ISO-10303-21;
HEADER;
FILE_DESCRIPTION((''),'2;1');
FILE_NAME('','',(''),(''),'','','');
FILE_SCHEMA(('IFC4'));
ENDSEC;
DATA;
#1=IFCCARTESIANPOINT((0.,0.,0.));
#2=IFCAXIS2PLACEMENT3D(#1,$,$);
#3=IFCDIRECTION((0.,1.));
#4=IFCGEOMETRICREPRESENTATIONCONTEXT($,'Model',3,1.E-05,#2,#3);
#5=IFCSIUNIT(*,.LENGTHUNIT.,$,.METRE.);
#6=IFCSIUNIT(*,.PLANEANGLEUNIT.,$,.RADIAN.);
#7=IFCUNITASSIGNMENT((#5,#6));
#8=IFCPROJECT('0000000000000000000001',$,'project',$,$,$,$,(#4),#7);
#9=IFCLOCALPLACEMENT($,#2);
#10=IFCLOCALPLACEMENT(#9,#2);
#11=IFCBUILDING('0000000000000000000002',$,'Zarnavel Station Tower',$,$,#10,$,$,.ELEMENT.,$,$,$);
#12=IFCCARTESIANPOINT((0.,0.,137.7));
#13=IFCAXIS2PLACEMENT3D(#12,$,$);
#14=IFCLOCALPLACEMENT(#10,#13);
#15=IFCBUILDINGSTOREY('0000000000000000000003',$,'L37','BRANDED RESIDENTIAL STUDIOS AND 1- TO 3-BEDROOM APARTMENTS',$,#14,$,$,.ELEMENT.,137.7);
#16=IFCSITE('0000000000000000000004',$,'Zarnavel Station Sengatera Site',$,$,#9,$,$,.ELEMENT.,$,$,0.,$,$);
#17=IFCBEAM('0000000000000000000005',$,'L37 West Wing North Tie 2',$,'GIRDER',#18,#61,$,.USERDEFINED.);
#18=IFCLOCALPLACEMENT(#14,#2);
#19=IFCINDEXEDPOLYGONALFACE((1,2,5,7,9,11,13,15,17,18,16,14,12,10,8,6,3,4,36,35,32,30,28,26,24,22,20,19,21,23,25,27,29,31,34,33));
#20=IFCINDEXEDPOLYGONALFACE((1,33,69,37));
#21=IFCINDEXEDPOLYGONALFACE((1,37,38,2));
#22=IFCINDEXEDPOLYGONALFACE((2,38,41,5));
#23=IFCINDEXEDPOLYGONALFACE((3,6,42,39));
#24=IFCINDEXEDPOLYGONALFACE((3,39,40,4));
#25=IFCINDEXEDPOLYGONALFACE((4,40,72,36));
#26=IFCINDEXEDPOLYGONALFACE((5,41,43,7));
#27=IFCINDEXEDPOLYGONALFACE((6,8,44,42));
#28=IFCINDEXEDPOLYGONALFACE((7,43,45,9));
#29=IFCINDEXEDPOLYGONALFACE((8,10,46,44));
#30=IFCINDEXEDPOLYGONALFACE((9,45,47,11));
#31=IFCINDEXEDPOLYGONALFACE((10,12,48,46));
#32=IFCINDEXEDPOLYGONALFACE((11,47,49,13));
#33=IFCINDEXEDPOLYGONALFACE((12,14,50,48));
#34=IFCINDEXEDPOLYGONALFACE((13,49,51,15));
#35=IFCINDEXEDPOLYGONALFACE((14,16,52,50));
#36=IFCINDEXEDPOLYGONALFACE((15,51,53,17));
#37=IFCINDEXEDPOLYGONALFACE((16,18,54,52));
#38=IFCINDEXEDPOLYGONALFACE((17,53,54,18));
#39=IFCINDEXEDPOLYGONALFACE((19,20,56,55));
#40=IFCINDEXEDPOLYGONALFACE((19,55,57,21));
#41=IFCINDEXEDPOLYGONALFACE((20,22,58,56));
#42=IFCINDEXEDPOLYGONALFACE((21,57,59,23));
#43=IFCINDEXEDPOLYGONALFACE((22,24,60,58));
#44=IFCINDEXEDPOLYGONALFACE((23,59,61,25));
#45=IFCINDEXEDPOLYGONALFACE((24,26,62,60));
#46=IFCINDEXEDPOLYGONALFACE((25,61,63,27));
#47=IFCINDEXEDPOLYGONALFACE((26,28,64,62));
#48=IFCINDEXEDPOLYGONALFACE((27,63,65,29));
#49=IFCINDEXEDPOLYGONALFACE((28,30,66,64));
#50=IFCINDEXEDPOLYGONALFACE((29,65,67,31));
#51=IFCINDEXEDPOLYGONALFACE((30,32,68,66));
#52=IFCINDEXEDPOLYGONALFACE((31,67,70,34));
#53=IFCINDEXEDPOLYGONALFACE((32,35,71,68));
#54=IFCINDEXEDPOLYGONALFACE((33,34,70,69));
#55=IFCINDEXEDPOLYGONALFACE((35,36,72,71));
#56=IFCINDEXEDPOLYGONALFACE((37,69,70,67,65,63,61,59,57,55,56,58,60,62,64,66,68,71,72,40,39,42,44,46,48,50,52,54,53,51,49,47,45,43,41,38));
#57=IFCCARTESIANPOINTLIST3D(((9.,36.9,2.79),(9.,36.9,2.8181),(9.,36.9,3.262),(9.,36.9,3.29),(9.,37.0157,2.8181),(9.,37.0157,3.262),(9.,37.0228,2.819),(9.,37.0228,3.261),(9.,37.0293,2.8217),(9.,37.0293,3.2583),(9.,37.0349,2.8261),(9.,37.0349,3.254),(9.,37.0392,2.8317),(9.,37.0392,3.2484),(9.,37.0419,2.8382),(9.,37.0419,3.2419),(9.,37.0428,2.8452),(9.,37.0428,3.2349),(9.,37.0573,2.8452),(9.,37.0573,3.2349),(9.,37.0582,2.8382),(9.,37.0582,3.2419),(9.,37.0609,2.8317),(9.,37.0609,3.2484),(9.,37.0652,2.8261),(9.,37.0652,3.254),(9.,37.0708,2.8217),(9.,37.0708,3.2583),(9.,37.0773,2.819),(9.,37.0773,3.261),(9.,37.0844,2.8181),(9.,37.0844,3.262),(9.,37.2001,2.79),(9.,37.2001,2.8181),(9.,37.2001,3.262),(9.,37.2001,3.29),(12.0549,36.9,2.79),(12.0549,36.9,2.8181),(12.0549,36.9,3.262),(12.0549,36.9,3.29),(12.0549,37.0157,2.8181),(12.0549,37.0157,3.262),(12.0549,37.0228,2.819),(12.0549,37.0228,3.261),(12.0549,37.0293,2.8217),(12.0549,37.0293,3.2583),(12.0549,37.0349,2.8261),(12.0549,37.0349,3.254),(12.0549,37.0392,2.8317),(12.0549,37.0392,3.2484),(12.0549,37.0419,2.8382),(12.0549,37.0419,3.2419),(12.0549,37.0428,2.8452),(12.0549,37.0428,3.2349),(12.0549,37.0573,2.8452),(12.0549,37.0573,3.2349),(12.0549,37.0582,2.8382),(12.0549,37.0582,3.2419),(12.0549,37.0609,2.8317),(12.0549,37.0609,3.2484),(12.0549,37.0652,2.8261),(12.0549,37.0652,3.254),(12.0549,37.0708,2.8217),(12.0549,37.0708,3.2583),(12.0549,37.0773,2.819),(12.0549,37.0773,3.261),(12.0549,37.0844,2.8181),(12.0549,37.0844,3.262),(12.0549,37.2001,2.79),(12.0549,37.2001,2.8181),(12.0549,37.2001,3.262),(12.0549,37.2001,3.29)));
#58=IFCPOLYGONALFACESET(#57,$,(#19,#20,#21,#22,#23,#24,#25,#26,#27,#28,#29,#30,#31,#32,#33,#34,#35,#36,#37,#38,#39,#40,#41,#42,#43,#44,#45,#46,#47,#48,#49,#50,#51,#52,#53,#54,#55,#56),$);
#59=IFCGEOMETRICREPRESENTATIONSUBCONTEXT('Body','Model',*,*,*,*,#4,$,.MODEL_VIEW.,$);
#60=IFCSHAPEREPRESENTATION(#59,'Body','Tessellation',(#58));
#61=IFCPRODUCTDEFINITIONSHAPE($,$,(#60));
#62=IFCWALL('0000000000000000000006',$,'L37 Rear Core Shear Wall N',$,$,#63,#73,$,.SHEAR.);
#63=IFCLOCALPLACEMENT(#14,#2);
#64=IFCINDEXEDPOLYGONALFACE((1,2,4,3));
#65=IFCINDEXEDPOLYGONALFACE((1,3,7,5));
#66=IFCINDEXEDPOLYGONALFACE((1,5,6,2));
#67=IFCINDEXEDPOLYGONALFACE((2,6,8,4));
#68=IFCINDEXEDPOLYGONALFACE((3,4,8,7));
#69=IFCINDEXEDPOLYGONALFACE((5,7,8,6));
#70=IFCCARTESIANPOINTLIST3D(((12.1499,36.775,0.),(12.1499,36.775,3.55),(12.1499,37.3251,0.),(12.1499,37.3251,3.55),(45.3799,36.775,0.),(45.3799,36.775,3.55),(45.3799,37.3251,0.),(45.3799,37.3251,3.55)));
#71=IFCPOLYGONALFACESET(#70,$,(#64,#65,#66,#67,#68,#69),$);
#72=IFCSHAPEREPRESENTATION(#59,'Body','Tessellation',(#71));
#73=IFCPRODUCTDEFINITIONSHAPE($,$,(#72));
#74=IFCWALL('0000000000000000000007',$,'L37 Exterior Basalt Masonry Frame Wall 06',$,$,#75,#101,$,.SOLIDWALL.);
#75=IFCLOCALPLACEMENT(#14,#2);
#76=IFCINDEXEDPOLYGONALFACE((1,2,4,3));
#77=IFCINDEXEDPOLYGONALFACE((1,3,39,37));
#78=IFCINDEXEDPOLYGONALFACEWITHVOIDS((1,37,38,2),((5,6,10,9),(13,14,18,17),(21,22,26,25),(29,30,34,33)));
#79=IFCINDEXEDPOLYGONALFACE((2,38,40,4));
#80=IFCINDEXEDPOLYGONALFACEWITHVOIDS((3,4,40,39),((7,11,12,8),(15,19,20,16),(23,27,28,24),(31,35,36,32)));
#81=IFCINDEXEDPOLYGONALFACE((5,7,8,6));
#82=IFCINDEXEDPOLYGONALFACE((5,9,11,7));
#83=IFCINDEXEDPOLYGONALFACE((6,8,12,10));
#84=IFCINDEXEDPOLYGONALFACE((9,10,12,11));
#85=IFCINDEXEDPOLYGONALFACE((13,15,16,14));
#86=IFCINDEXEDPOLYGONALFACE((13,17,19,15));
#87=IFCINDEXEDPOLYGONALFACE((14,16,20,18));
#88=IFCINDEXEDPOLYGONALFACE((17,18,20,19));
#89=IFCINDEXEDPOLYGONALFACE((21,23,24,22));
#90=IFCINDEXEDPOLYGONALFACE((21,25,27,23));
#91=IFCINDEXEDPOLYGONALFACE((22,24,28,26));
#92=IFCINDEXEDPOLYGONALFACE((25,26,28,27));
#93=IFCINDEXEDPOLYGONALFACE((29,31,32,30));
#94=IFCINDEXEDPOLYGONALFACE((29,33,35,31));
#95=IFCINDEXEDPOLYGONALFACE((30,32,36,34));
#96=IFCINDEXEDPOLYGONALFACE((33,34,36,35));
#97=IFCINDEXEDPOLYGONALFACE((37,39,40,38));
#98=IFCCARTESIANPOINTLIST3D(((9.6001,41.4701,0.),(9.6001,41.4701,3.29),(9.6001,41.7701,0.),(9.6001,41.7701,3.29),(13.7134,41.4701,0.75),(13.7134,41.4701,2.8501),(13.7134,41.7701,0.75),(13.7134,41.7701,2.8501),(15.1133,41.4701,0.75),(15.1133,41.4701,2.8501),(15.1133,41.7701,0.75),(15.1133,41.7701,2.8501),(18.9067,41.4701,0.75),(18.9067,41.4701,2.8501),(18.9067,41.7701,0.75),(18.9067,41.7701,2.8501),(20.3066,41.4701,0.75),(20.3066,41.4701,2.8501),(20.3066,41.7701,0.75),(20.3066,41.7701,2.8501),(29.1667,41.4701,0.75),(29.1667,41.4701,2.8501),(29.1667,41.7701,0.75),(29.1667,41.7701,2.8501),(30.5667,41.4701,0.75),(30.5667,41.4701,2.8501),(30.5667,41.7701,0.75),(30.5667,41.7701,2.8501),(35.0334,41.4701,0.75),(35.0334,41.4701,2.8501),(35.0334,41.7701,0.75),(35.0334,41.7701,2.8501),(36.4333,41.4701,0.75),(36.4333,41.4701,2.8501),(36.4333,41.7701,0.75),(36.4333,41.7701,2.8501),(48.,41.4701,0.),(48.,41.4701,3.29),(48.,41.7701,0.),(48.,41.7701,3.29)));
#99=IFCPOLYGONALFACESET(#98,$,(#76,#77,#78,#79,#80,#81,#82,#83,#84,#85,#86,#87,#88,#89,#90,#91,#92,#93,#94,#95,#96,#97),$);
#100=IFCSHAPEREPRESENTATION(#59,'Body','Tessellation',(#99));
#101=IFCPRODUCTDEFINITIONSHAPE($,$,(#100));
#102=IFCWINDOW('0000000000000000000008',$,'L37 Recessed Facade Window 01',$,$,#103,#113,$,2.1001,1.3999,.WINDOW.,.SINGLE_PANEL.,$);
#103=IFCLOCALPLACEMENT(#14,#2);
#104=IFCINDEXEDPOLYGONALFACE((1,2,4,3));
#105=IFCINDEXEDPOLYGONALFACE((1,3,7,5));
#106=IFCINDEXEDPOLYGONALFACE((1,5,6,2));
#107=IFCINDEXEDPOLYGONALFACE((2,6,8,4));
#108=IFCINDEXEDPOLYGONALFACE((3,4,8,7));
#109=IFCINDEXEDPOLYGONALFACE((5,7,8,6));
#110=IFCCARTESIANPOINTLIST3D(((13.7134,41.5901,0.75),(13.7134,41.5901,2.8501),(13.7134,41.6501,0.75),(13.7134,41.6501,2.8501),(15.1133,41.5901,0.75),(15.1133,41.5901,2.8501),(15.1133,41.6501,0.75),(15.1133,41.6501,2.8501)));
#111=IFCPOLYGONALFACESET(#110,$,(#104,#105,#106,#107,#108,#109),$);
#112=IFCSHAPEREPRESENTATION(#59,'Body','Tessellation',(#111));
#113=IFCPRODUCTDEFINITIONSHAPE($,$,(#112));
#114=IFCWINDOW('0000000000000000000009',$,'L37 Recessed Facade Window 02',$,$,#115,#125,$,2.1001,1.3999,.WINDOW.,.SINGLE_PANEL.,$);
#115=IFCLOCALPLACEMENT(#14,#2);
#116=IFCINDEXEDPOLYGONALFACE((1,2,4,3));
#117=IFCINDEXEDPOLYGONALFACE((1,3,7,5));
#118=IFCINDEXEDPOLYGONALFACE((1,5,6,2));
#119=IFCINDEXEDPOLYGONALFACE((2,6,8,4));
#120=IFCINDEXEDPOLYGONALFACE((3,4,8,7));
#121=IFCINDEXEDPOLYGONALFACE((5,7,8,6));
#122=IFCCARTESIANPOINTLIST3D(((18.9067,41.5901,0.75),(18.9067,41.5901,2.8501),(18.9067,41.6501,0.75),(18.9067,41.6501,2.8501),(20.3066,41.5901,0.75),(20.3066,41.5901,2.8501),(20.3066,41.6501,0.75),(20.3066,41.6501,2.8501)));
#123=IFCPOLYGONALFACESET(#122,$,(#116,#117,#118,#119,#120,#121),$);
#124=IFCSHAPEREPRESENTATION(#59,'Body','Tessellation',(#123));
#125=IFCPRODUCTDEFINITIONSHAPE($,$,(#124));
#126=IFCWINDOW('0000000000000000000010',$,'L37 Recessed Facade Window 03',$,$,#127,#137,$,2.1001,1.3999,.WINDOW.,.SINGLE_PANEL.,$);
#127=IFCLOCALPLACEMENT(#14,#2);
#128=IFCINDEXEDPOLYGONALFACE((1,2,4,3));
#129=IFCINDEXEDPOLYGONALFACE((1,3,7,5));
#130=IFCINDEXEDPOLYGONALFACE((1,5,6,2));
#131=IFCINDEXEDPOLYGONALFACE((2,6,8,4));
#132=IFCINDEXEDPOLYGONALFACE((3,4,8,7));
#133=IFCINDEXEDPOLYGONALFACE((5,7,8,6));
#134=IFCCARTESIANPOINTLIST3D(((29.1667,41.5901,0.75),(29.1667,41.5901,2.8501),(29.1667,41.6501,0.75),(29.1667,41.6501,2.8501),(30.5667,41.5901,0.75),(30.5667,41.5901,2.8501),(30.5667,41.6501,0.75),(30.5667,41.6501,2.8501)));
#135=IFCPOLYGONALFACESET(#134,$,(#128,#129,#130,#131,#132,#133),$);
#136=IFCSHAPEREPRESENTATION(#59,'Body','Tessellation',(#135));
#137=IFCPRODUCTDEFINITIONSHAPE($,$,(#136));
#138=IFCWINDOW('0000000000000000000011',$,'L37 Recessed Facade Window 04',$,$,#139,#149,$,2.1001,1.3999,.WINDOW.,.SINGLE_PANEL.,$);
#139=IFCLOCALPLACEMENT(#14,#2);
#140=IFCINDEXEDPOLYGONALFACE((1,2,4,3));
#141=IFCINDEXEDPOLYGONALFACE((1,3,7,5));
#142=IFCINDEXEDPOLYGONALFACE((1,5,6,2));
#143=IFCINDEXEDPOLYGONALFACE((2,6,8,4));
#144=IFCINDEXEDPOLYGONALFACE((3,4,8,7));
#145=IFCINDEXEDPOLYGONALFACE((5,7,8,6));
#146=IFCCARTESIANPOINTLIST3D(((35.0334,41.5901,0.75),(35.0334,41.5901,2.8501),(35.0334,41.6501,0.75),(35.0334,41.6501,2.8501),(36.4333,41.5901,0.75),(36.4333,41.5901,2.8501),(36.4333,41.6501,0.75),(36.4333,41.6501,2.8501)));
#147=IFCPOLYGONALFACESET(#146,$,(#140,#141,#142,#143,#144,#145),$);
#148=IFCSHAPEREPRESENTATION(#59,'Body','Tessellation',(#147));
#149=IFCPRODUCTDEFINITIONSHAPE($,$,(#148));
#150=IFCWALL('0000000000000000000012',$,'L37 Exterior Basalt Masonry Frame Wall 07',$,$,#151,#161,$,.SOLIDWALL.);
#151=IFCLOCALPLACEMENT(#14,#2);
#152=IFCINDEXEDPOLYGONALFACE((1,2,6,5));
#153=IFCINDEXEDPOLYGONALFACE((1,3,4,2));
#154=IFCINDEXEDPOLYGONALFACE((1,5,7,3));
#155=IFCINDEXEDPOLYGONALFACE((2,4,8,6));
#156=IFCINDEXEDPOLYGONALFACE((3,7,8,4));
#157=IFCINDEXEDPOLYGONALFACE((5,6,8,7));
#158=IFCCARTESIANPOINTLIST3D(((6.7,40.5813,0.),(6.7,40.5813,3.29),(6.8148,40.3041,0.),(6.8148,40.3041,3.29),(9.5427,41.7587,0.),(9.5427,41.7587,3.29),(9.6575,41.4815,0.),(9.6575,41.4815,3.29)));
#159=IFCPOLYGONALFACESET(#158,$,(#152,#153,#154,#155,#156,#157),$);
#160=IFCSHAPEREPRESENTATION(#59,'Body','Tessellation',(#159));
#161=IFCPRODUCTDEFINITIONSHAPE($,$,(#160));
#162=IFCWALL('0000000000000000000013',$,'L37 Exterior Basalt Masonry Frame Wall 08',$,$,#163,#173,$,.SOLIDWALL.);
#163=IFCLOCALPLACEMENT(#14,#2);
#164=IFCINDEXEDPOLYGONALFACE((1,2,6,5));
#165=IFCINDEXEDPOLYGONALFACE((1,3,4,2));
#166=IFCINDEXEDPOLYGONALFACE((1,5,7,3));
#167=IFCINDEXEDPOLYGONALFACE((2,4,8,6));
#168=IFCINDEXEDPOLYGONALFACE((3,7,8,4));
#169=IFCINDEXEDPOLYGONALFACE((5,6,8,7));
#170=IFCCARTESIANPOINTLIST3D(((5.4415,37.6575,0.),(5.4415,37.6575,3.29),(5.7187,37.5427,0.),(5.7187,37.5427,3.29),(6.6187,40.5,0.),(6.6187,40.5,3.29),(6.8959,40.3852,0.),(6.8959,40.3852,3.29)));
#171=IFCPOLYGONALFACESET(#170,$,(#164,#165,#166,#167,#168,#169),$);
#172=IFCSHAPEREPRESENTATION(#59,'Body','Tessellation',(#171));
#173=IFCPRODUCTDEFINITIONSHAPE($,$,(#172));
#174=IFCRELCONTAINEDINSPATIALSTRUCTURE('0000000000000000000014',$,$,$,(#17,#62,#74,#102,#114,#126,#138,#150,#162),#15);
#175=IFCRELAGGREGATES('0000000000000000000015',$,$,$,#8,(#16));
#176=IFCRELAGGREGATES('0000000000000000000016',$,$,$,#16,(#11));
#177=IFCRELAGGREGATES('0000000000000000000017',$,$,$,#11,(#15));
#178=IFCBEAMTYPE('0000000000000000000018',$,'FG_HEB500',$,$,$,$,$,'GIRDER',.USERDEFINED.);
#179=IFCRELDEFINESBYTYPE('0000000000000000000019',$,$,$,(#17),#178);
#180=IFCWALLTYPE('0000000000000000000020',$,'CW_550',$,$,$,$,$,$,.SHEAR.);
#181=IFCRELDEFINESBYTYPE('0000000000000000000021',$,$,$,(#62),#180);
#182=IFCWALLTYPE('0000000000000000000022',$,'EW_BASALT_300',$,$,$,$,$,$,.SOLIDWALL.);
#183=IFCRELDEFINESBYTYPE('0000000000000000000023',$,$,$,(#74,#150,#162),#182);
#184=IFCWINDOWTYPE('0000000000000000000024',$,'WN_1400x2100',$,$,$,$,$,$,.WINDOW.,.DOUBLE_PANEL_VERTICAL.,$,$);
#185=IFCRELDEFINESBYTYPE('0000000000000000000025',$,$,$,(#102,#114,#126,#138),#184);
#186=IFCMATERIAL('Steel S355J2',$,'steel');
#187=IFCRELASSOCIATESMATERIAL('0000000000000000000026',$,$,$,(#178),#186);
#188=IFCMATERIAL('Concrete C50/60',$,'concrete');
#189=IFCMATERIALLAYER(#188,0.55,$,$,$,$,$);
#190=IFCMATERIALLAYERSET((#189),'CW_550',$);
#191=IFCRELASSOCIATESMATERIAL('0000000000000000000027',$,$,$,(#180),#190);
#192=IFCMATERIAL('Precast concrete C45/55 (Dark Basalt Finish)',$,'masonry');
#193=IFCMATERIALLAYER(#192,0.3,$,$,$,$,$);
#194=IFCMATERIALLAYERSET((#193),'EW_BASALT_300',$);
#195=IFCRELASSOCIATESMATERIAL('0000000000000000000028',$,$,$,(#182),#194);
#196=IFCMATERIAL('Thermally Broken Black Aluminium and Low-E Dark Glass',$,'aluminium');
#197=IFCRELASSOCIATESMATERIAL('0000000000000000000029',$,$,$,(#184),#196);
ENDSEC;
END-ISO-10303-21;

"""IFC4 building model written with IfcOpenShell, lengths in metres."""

from ifc_helpers import new_model, si_unit, direction, frame, frame_2d, origin, origin_2d, place, context, subcontext, project, spatial, rectangle, i_section, extrude, material, layer, layer_set, material_profile, profile_set, type_object, element, fill, save


model = new_model("IFC4")

# Units and contexts
model_context = context("Model", 3, precision=1e-05, world=origin(), true_north=direction((0.0, 1.0)))
body_context = subcontext(model_context, "Body", "Model", "MODEL_VIEW")
ifc_project = project(units=[si_unit("LENGTHUNIT", "METRE"), si_unit("PLANEANGLEUNIT", "RADIAN")], contexts=[model_context])

# Site, building, storey
site_placement = place(None, origin())
site = spatial("IfcSite", under=ifc_project, at=site_placement, Name="Zarnavel Station Sengatera Site", CompositionType="ELEMENT", RefElevation=0.0)
building_placement = place(site_placement, origin())
building = spatial("IfcBuilding", under=site, at=building_placement, Name="Zarnavel Station Tower", CompositionType="ELEMENT")
storey_placement = place(building_placement, frame((0.0, 0.0, 137.7)))
storey = spatial("IfcBuildingStorey", under=building, at=storey_placement, Name="L37", Description="BRANDED RESIDENTIAL STUDIOS AND 1- TO 3-BEDROOM APARTMENTS", CompositionType="ELEMENT", Elevation=137.7)

# Beam
ifc_material_1 = material(Name="Steel S355J2", Category="steel")
ifc_material_profile_1 = material_profile(ifc_material_1, i_section(OverallWidth=0.3, OverallDepth=0.5, WebThickness=0.0144, FlangeThickness=0.0281, FilletRadius=0.0271, at=origin_2d()), Name="HEB500")
ifc_profile_set_1 = profile_set([ifc_material_profile_1], Name="Steel S355J2")
beam_type = type_object("IfcBeamType", Name="FG_HEB500", ElementType="GIRDER", PredefinedType="USERDEFINED", material=ifc_profile_set_1)
beam_1_placement = place(storey_placement, frame((9.0, 37.05, 3.04), z_axis=(1.0, 0.0, 0.0), x_axis=(0.0, 1.0, 0.0)))
element("IfcBeam", 1, at=beam_1_placement, inside=storey, type_object=beam_type, Name="L37 West Wing North Tie 2", ObjectType="GIRDER", PredefinedType="USERDEFINED", context=body_context, shape_type="SweptSolid", body=[
    extrude(i_section(OverallWidth=0.3, OverallDepth=0.5, WebThickness=0.0144, FlangeThickness=0.0281, FilletRadius=0.0271, at=origin_2d()), origin(), (0.0, 0.0, 1.0), 3.0549),
])

# Wall
ifc_material_2 = material(Name="Concrete C50/60", Category="concrete")
ifc_layer_1 = layer(ifc_material_2, 0.55)
ifc_layer_set_1 = layer_set([ifc_layer_1], Name="CW_550")
wall_type_1 = type_object("IfcWallType", Name="CW_550", PredefinedType="SHEAR", material=ifc_layer_set_1)
wall_1_placement = place(storey_placement, frame((12.1499, 37.05, 0.0), z_axis=(0.0, 0.0, 1.0), x_axis=(1.0, 0.0, 0.0)))
element("IfcWall", 2, at=wall_1_placement, inside=storey, type_object=wall_type_1, Name="L37 Rear Core Shear Wall N", PredefinedType="SHEAR", context=body_context, shape_type="SweptSolid", body=[
    extrude(rectangle(XDim=33.23, YDim=0.55, at=frame_2d((16.615, 0.0))), origin(), (0.0, 0.0, 1.0), 3.55),
])

# Wall, openings, windows
ifc_material_3 = material(Name="Precast concrete C45/55 (Dark Basalt Finish)", Category="masonry")
ifc_layer_2 = layer(ifc_material_3, 0.3)
ifc_layer_set_2 = layer_set([ifc_layer_2], Name="EW_BASALT_300")
wall_type_2 = type_object("IfcWallType", Name="EW_BASALT_300", PredefinedType="SOLIDWALL", material=ifc_layer_set_2)
wall_2_placement = place(storey_placement, frame((9.6001, 41.6201, 0.0), z_axis=(0.0, 0.0, 1.0), x_axis=(1.0, 0.0, 0.0)))
wall_2 = element("IfcWall", 3, at=wall_2_placement, inside=storey, type_object=wall_type_2, Name="L37 Exterior Basalt Masonry Frame Wall 06", PredefinedType="SOLIDWALL", context=body_context, shape_type="SweptSolid", body=[
    extrude(rectangle(XDim=38.3999, YDim=0.3, at=frame_2d((19.2, 0.0))), origin(), (0.0, 0.0, 1.0), 3.29),
])
opening_1_placement = place(wall_2_placement, frame((4.1133, 0.0, 0.75)))
opening_1 = element("IfcOpeningElement", 4, at=opening_1_placement, cuts=wall_2, PredefinedType="OPENING", context=body_context, shape_type="SweptSolid", body=[
    extrude(rectangle(XDim=1.3999, YDim=2.1001, at=frame_2d((0.7, 1.05))), frame((0.0, 0.1599, 0.0), z_axis=(0.0, -1.0, 0.0), x_axis=(1.0, 0.0, 0.0)), (0.0, 0.0, 1.0), 0.3201),
])
opening_2_placement = place(wall_2_placement, frame((9.3066, 0.0, 0.75)))
opening_2 = element("IfcOpeningElement", 5, at=opening_2_placement, cuts=wall_2, PredefinedType="OPENING", context=body_context, shape_type="SweptSolid", body=[
    extrude(rectangle(XDim=1.3999, YDim=2.1001, at=frame_2d((0.7, 1.05))), frame((0.0, 0.1599, 0.0), z_axis=(0.0, -1.0, 0.0), x_axis=(1.0, 0.0, 0.0)), (0.0, 0.0, 1.0), 0.3201),
])
opening_3_placement = place(wall_2_placement, frame((19.5667, 0.0, 0.75)))
opening_3 = element("IfcOpeningElement", 6, at=opening_3_placement, cuts=wall_2, PredefinedType="OPENING", context=body_context, shape_type="SweptSolid", body=[
    extrude(rectangle(XDim=1.3999, YDim=2.1001, at=frame_2d((0.7, 1.05))), frame((0.0, 0.1599, 0.0), z_axis=(0.0, -1.0, 0.0), x_axis=(1.0, 0.0, 0.0)), (0.0, 0.0, 1.0), 0.3201),
])
opening_4_placement = place(wall_2_placement, frame((25.4333, 0.0, 0.75)))
opening_4 = element("IfcOpeningElement", 7, at=opening_4_placement, cuts=wall_2, PredefinedType="OPENING", context=body_context, shape_type="SweptSolid", body=[
    extrude(rectangle(XDim=1.3999, YDim=2.1001, at=frame_2d((0.7, 1.05))), frame((0.0, 0.1599, 0.0), z_axis=(0.0, -1.0, 0.0), x_axis=(1.0, 0.0, 0.0)), (0.0, 0.0, 1.0), 0.3201),
])
ifc_material_4 = material(Name="Thermally Broken Black Aluminium and Low-E Dark Glass", Category="aluminium")
window_type = type_object("IfcWindowType", Name="WN_1400x2100", PartitioningType="DOUBLE_PANEL_VERTICAL", PredefinedType="WINDOW", material=ifc_material_4)
window_1_placement = place(opening_1_placement, origin())
window_1 = element("IfcWindow", 8, at=window_1_placement, inside=storey, type_object=window_type, Name="L37 Recessed Facade Window 01", OverallHeight=2.1001, OverallWidth=1.3999, PartitioningType="SINGLE_PANEL", PredefinedType="WINDOW", context=body_context, shape_type="SweptSolid", body=[
    extrude(rectangle(XDim=1.3999, YDim=2.1001, at=frame_2d((0.7, 1.05))), frame((0.0, 0.03, 0.0), z_axis=(0.0, -1.0, 0.0), x_axis=(1.0, 0.0, 0.0)), (0.0, 0.0, 1.0), 0.0601),
])
fill(opening_1, window_1)
window_2_placement = place(opening_2_placement, origin())
window_2 = element("IfcWindow", 9, at=window_2_placement, inside=storey, type_object=window_type, Name="L37 Recessed Facade Window 02", OverallHeight=2.1001, OverallWidth=1.3999, PartitioningType="SINGLE_PANEL", PredefinedType="WINDOW", context=body_context, shape_type="SweptSolid", body=[
    extrude(rectangle(XDim=1.3999, YDim=2.1001, at=frame_2d((0.7, 1.05))), frame((0.0, 0.03, 0.0), z_axis=(0.0, -1.0, 0.0), x_axis=(1.0, 0.0, 0.0)), (0.0, 0.0, 1.0), 0.0601),
])
fill(opening_2, window_2)
window_3_placement = place(opening_3_placement, origin())
window_3 = element("IfcWindow", 10, at=window_3_placement, inside=storey, type_object=window_type, Name="L37 Recessed Facade Window 03", OverallHeight=2.1001, OverallWidth=1.3999, PartitioningType="SINGLE_PANEL", PredefinedType="WINDOW", context=body_context, shape_type="SweptSolid", body=[
    extrude(rectangle(XDim=1.3999, YDim=2.1001, at=frame_2d((0.7, 1.05))), frame((0.0, 0.03, 0.0), z_axis=(0.0, -1.0, 0.0), x_axis=(1.0, 0.0, 0.0)), (0.0, 0.0, 1.0), 0.0601),
])
fill(opening_3, window_3)
window_4_placement = place(opening_4_placement, origin())
window_4 = element("IfcWindow", 11, at=window_4_placement, inside=storey, type_object=window_type, Name="L37 Recessed Facade Window 04", OverallHeight=2.1001, OverallWidth=1.3999, PartitioningType="SINGLE_PANEL", PredefinedType="WINDOW", context=body_context, shape_type="SweptSolid", body=[
    extrude(rectangle(XDim=1.3999, YDim=2.1001, at=frame_2d((0.7, 1.05))), frame((0.0, 0.03, 0.0), z_axis=(0.0, -1.0, 0.0), x_axis=(1.0, 0.0, 0.0)), (0.0, 0.0, 1.0), 0.0601),
])
fill(opening_4, window_4)

# Walls
wall_3_placement = place(storey_placement, frame((6.7573, 40.4426, 0.0), z_axis=(0.0, 0.0, 1.0), x_axis=(0.923882, 0.382676, 0.0)))
element("IfcWall", 12, at=wall_3_placement, inside=storey, type_object=wall_type_2, Name="L37 Exterior Basalt Masonry Frame Wall 07", PredefinedType="SOLIDWALL", context=body_context, shape_type="SweptSolid", body=[
    extrude(rectangle(XDim=3.0769, YDim=0.3, at=frame_2d((1.5386, 0.0))), origin(), (0.0, 0.0, 1.0), 3.29),
])
wall_4_placement = place(storey_placement, frame((5.5801, 37.6001, 0.0), z_axis=(0.0, 0.0, 1.0), x_axis=(0.382637, 0.923899, 0.0)))
element("IfcWall", 13, at=wall_4_placement, inside=storey, type_object=wall_type_2, Name="L37 Exterior Basalt Masonry Frame Wall 08", PredefinedType="SOLIDWALL", context=body_context, shape_type="SweptSolid", body=[
    extrude(rectangle(XDim=3.0767, YDim=0.3, at=frame_2d((1.5383, 0.0))), origin(), (0.0, 0.0, 1.0), 3.29),
])

save(model, "model.ifc")
